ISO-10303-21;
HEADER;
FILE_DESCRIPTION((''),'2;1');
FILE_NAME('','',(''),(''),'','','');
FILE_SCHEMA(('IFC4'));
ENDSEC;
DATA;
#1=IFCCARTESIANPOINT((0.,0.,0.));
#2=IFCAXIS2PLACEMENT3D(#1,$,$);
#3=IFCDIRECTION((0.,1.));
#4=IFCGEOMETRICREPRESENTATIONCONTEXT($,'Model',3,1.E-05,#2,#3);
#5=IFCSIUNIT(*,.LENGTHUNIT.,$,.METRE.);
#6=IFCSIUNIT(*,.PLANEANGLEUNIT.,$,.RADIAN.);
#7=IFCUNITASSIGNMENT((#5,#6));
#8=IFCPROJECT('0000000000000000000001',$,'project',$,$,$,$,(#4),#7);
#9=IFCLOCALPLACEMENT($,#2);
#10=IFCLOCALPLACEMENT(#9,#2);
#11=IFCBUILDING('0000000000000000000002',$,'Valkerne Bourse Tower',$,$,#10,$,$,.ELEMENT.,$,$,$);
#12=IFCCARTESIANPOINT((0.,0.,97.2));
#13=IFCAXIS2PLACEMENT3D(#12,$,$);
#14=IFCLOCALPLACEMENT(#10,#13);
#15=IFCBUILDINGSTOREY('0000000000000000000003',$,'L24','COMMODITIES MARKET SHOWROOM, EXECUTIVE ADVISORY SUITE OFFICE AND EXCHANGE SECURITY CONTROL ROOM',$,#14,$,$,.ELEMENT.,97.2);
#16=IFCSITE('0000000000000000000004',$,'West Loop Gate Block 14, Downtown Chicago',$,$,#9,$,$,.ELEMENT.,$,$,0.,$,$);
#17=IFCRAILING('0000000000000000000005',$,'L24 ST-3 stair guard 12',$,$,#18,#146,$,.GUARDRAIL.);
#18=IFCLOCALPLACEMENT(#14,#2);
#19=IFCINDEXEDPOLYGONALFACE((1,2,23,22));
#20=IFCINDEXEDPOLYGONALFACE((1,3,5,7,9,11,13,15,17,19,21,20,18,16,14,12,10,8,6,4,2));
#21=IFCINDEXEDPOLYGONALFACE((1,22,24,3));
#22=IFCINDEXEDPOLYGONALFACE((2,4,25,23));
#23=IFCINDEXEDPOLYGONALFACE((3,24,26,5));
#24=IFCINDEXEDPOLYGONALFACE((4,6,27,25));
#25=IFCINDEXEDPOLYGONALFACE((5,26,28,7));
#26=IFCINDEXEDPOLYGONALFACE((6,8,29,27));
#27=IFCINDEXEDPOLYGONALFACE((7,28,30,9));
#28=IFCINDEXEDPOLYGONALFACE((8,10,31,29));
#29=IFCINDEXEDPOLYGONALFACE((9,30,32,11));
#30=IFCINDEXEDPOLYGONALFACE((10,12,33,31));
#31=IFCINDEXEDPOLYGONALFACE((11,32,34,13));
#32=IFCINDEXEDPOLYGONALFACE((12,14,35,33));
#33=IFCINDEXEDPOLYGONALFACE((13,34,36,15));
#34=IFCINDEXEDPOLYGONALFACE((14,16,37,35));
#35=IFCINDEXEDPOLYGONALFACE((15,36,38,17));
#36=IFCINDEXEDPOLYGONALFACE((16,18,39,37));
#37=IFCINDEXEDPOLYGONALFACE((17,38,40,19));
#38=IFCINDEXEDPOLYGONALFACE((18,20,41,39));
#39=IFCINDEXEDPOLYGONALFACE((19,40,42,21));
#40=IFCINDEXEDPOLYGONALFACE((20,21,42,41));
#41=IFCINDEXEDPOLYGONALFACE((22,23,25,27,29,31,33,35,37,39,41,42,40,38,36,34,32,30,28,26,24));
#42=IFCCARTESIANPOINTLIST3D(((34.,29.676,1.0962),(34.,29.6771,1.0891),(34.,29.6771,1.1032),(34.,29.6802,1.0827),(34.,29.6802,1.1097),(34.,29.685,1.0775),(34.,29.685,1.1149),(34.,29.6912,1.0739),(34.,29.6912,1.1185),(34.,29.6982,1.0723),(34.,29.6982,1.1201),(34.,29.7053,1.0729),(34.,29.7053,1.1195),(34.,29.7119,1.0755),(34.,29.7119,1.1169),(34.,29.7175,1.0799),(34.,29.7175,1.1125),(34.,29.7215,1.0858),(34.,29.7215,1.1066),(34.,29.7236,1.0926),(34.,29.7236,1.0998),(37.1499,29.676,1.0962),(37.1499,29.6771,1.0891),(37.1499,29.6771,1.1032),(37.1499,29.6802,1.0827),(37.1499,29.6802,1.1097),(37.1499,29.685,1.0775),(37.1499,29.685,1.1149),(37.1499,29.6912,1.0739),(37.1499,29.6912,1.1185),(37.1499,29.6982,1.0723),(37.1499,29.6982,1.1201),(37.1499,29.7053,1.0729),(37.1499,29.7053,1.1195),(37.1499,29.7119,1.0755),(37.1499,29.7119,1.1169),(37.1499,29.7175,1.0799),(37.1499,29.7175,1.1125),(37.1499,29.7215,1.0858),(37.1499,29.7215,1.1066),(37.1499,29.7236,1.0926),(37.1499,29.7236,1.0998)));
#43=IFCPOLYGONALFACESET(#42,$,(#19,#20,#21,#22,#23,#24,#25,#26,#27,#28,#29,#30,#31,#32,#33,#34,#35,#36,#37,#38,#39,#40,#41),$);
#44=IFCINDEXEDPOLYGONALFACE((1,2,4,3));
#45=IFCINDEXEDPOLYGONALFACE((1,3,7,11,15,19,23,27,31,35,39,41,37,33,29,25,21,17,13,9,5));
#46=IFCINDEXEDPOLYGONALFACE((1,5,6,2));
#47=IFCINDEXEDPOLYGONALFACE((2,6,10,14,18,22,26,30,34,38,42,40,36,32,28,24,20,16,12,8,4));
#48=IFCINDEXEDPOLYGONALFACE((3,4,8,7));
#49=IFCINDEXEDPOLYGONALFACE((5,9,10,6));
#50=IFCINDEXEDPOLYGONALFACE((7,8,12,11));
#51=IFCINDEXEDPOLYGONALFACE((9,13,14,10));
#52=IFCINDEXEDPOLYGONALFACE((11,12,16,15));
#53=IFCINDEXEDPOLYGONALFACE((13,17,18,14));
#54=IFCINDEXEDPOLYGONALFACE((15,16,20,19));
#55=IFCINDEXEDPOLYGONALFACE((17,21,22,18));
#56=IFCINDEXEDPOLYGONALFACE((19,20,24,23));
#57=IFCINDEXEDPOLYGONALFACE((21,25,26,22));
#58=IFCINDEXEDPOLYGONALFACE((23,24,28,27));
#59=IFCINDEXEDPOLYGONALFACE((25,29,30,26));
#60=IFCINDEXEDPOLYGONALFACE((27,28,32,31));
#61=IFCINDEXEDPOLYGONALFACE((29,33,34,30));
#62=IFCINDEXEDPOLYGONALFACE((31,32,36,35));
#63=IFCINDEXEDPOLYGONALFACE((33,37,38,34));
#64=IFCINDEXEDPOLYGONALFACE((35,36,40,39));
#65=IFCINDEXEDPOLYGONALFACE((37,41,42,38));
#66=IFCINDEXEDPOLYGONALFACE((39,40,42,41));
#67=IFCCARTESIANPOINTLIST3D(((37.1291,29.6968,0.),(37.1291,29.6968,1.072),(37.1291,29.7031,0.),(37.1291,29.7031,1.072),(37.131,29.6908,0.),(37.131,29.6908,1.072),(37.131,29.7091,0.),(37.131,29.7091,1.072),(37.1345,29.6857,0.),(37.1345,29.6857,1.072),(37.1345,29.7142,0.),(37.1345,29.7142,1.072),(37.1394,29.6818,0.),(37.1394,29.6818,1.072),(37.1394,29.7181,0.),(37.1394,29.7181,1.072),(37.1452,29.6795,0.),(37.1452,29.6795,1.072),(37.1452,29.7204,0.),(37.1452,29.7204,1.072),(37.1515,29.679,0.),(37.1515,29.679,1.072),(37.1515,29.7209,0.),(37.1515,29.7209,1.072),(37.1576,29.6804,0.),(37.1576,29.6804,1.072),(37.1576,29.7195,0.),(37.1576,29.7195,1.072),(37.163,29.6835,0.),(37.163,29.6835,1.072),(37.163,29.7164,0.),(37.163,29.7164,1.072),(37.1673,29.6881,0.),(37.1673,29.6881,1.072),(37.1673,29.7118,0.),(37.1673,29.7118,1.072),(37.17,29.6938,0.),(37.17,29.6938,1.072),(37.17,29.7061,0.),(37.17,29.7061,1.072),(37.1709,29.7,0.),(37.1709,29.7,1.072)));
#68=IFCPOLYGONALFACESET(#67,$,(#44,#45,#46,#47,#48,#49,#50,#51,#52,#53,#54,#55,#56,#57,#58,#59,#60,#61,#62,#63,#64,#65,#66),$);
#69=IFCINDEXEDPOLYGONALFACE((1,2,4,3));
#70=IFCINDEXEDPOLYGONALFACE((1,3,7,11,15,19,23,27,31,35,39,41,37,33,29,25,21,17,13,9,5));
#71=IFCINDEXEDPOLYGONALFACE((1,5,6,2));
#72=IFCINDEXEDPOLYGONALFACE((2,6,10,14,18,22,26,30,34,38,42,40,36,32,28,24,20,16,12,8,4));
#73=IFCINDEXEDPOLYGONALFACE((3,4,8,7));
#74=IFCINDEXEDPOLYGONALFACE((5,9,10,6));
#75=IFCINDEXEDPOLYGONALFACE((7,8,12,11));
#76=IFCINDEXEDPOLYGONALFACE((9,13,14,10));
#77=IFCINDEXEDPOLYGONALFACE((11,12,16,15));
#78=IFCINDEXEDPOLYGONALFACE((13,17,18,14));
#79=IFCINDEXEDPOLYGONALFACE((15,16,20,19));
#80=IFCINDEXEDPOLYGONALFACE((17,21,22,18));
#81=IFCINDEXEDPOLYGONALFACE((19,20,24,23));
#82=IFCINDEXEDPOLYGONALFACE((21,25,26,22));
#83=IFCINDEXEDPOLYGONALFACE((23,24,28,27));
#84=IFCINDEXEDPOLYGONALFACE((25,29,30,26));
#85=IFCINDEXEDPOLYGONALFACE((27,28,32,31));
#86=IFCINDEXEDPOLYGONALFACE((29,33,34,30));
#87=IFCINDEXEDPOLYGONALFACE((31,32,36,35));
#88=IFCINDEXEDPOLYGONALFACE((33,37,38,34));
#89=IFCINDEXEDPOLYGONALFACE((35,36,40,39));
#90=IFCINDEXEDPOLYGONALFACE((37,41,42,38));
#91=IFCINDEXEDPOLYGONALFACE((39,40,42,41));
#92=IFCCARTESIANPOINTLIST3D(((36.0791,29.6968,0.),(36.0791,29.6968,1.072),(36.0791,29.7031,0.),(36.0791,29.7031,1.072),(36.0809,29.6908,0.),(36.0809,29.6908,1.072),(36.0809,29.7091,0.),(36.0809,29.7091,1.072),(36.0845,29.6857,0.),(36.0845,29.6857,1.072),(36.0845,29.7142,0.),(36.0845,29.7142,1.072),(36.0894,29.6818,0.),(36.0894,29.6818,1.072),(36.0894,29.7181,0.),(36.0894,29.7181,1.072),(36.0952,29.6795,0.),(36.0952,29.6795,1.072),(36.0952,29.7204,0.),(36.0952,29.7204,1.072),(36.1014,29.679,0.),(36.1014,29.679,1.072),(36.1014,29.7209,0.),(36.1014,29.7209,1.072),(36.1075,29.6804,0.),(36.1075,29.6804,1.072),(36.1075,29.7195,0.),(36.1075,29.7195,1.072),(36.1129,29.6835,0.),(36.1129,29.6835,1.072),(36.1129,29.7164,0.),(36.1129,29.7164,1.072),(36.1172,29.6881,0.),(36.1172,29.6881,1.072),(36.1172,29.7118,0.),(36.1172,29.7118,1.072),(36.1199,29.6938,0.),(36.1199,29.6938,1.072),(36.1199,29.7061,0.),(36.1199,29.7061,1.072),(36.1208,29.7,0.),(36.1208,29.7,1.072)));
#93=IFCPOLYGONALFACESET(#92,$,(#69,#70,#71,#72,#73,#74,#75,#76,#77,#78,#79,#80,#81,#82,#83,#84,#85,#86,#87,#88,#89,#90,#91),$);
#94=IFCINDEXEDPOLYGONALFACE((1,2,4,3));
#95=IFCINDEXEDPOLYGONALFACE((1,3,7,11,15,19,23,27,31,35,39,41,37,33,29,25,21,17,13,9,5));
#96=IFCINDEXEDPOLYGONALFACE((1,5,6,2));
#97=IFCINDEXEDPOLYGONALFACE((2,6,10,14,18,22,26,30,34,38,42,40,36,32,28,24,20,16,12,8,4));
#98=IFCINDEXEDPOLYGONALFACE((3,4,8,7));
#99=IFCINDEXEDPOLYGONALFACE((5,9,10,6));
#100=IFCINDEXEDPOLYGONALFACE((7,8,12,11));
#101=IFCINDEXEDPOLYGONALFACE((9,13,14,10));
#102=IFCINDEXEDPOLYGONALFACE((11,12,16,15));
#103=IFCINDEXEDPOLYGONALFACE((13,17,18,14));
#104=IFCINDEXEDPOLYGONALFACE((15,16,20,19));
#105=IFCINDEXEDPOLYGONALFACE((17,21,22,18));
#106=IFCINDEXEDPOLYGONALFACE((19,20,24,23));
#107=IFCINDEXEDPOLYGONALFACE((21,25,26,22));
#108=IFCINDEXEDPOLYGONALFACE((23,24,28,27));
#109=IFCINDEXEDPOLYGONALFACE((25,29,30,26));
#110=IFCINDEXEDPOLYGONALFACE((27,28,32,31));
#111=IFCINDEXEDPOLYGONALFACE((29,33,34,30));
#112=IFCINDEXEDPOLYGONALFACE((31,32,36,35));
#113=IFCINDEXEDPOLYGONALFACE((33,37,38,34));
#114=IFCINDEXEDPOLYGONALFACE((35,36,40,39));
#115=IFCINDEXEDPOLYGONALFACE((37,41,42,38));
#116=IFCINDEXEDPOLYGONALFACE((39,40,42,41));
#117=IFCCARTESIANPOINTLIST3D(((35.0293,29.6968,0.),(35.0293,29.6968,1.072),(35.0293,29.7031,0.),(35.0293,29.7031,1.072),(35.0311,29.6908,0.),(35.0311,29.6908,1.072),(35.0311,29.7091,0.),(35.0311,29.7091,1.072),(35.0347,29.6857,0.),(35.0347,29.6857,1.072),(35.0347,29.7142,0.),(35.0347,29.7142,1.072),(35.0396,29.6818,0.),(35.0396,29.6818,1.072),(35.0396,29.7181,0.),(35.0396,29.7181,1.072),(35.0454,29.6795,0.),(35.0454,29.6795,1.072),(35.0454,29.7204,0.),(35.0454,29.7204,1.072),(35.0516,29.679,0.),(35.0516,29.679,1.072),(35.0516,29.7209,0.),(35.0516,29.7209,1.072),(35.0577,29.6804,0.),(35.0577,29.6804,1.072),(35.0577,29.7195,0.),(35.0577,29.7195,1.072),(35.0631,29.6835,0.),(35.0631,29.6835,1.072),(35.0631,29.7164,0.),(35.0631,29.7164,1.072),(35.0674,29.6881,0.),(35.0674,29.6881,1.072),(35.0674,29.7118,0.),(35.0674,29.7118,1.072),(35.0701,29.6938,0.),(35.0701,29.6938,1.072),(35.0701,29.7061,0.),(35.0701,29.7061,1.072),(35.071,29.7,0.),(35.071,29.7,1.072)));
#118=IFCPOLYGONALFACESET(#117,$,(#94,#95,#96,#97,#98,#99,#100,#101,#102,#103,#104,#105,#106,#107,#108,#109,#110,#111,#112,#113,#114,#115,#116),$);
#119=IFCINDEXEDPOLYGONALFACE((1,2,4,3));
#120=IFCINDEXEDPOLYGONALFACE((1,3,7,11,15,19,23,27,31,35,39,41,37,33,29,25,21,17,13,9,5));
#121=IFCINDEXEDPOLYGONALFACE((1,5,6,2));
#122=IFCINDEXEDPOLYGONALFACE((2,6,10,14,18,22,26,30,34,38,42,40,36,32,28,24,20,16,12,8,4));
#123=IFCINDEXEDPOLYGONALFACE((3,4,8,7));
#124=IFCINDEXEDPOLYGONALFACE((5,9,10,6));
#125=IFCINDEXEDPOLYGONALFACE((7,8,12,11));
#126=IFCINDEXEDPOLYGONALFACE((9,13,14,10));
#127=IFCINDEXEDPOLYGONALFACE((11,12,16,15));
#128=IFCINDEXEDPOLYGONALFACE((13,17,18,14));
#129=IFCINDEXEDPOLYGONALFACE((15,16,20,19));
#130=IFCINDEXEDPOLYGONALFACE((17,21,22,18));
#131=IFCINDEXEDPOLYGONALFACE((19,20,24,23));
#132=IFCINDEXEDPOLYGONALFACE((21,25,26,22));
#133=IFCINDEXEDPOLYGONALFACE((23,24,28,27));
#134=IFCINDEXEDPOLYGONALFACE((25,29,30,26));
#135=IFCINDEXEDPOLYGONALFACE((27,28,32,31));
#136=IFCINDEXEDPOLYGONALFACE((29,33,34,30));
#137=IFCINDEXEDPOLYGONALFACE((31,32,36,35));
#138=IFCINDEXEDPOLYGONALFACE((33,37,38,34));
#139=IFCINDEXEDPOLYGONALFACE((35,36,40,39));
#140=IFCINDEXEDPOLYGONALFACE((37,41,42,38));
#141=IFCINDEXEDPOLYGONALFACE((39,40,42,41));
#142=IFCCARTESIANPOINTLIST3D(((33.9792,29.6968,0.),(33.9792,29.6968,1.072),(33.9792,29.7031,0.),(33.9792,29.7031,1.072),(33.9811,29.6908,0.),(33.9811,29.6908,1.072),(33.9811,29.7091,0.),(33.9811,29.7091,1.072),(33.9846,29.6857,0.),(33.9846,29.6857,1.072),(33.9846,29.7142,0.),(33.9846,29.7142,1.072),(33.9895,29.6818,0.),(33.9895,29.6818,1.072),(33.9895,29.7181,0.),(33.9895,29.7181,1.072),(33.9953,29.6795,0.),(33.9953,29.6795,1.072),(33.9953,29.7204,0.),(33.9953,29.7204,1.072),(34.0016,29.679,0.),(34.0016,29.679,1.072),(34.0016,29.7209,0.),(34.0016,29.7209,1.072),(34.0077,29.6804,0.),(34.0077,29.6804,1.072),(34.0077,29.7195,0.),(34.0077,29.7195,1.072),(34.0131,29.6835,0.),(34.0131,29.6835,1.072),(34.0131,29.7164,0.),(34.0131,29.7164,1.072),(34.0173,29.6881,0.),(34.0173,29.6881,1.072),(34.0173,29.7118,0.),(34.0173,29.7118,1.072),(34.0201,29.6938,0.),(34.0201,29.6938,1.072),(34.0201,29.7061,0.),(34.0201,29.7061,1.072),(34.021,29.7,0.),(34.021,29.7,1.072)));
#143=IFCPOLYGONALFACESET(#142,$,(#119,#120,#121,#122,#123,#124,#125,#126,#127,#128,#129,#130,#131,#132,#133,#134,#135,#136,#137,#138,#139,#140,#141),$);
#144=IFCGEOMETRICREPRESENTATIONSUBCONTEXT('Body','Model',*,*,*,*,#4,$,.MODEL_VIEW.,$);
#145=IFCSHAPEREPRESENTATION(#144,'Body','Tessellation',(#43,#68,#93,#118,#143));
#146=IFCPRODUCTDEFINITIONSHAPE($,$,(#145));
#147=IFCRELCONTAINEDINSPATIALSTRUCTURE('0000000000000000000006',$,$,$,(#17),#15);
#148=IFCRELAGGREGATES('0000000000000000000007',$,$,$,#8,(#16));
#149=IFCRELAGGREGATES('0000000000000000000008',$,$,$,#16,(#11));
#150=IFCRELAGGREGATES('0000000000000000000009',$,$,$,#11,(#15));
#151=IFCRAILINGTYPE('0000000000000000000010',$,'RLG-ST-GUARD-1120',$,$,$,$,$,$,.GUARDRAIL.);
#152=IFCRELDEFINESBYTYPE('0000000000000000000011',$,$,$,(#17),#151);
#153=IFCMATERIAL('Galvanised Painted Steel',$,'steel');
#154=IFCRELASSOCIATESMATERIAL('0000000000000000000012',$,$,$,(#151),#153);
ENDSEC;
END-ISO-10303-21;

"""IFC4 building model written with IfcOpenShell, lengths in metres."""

from ifc_helpers import new_model, si_unit, direction, frame, origin, origin_2d, place, context, subcontext, project, spatial, circle, extrude, material, type_object, element, save


model = new_model("IFC4")

# Units and contexts
model_context = context("Model", 3, precision=1e-05, world=origin(), true_north=direction((0.0, 1.0)))
body_context = subcontext(model_context, "Body", "Model", "MODEL_VIEW")
ifc_project = project(units=[si_unit("LENGTHUNIT", "METRE"), si_unit("PLANEANGLEUNIT", "RADIAN")], contexts=[model_context])

# Site, building, storey
site_placement = place(None, origin())
site = spatial("IfcSite", under=ifc_project, at=site_placement, Name="West Loop Gate Block 14, Downtown Chicago", CompositionType="ELEMENT", RefElevation=0.0)
building_placement = place(site_placement, origin())
building = spatial("IfcBuilding", under=site, at=building_placement, Name="Valkerne Bourse Tower", CompositionType="ELEMENT")
storey_placement = place(building_placement, frame((0.0, 0.0, 97.2)))
storey = spatial("IfcBuildingStorey", under=building, at=storey_placement, Name="L24", Description="COMMODITIES MARKET SHOWROOM, EXECUTIVE ADVISORY SUITE OFFICE AND EXCHANGE SECURITY CONTROL ROOM", CompositionType="ELEMENT", Elevation=97.2)

# Shared definitions
ifc_material_1 = material(Name="Galvanised Painted Steel", Category="steel")

# Railing
railing_type_1 = type_object("IfcRailingType", Name="RLG-ST-GUARD-1120", PredefinedType="GUARDRAIL", material=ifc_material_1)
railing_1_placement = place(storey_placement, frame((37.1499, 29.7, 0.0)))
element("IfcRailing", 1, at=railing_1_placement, inside=storey, type_object=railing_type_1, Name="L24 ST-3 stair guard 12", PredefinedType="GUARDRAIL", context=body_context, shape_type="SweptSolid", body=[
    extrude(circle(Radius=0.0239, at=origin_2d()), frame((0.0, 0.0, 1.0962), z_axis=(-1.0, 0.0, 0.0), x_axis=(0.0, -1.0, 0.0)), (0.0, 0.0, 1.0), 3.1499),
    extrude(circle(Radius=0.021, at=origin_2d()), origin(), (0.0, 0.0, 1.0), 1.072),
    extrude(circle(Radius=0.021, at=origin_2d()), frame((-1.05, 0.0, 0.0)), (0.0, 0.0, 1.0), 1.072),
    extrude(circle(Radius=0.021, at=origin_2d()), frame((-2.0999, 0.0, 0.0)), (0.0, 0.0, 1.0), 1.072),
    extrude(circle(Radius=0.021, at=origin_2d()), frame((-3.1499, 0.0, 0.0)), (0.0, 0.0, 1.0), 1.072),
])

save(model, "model.ifc")
